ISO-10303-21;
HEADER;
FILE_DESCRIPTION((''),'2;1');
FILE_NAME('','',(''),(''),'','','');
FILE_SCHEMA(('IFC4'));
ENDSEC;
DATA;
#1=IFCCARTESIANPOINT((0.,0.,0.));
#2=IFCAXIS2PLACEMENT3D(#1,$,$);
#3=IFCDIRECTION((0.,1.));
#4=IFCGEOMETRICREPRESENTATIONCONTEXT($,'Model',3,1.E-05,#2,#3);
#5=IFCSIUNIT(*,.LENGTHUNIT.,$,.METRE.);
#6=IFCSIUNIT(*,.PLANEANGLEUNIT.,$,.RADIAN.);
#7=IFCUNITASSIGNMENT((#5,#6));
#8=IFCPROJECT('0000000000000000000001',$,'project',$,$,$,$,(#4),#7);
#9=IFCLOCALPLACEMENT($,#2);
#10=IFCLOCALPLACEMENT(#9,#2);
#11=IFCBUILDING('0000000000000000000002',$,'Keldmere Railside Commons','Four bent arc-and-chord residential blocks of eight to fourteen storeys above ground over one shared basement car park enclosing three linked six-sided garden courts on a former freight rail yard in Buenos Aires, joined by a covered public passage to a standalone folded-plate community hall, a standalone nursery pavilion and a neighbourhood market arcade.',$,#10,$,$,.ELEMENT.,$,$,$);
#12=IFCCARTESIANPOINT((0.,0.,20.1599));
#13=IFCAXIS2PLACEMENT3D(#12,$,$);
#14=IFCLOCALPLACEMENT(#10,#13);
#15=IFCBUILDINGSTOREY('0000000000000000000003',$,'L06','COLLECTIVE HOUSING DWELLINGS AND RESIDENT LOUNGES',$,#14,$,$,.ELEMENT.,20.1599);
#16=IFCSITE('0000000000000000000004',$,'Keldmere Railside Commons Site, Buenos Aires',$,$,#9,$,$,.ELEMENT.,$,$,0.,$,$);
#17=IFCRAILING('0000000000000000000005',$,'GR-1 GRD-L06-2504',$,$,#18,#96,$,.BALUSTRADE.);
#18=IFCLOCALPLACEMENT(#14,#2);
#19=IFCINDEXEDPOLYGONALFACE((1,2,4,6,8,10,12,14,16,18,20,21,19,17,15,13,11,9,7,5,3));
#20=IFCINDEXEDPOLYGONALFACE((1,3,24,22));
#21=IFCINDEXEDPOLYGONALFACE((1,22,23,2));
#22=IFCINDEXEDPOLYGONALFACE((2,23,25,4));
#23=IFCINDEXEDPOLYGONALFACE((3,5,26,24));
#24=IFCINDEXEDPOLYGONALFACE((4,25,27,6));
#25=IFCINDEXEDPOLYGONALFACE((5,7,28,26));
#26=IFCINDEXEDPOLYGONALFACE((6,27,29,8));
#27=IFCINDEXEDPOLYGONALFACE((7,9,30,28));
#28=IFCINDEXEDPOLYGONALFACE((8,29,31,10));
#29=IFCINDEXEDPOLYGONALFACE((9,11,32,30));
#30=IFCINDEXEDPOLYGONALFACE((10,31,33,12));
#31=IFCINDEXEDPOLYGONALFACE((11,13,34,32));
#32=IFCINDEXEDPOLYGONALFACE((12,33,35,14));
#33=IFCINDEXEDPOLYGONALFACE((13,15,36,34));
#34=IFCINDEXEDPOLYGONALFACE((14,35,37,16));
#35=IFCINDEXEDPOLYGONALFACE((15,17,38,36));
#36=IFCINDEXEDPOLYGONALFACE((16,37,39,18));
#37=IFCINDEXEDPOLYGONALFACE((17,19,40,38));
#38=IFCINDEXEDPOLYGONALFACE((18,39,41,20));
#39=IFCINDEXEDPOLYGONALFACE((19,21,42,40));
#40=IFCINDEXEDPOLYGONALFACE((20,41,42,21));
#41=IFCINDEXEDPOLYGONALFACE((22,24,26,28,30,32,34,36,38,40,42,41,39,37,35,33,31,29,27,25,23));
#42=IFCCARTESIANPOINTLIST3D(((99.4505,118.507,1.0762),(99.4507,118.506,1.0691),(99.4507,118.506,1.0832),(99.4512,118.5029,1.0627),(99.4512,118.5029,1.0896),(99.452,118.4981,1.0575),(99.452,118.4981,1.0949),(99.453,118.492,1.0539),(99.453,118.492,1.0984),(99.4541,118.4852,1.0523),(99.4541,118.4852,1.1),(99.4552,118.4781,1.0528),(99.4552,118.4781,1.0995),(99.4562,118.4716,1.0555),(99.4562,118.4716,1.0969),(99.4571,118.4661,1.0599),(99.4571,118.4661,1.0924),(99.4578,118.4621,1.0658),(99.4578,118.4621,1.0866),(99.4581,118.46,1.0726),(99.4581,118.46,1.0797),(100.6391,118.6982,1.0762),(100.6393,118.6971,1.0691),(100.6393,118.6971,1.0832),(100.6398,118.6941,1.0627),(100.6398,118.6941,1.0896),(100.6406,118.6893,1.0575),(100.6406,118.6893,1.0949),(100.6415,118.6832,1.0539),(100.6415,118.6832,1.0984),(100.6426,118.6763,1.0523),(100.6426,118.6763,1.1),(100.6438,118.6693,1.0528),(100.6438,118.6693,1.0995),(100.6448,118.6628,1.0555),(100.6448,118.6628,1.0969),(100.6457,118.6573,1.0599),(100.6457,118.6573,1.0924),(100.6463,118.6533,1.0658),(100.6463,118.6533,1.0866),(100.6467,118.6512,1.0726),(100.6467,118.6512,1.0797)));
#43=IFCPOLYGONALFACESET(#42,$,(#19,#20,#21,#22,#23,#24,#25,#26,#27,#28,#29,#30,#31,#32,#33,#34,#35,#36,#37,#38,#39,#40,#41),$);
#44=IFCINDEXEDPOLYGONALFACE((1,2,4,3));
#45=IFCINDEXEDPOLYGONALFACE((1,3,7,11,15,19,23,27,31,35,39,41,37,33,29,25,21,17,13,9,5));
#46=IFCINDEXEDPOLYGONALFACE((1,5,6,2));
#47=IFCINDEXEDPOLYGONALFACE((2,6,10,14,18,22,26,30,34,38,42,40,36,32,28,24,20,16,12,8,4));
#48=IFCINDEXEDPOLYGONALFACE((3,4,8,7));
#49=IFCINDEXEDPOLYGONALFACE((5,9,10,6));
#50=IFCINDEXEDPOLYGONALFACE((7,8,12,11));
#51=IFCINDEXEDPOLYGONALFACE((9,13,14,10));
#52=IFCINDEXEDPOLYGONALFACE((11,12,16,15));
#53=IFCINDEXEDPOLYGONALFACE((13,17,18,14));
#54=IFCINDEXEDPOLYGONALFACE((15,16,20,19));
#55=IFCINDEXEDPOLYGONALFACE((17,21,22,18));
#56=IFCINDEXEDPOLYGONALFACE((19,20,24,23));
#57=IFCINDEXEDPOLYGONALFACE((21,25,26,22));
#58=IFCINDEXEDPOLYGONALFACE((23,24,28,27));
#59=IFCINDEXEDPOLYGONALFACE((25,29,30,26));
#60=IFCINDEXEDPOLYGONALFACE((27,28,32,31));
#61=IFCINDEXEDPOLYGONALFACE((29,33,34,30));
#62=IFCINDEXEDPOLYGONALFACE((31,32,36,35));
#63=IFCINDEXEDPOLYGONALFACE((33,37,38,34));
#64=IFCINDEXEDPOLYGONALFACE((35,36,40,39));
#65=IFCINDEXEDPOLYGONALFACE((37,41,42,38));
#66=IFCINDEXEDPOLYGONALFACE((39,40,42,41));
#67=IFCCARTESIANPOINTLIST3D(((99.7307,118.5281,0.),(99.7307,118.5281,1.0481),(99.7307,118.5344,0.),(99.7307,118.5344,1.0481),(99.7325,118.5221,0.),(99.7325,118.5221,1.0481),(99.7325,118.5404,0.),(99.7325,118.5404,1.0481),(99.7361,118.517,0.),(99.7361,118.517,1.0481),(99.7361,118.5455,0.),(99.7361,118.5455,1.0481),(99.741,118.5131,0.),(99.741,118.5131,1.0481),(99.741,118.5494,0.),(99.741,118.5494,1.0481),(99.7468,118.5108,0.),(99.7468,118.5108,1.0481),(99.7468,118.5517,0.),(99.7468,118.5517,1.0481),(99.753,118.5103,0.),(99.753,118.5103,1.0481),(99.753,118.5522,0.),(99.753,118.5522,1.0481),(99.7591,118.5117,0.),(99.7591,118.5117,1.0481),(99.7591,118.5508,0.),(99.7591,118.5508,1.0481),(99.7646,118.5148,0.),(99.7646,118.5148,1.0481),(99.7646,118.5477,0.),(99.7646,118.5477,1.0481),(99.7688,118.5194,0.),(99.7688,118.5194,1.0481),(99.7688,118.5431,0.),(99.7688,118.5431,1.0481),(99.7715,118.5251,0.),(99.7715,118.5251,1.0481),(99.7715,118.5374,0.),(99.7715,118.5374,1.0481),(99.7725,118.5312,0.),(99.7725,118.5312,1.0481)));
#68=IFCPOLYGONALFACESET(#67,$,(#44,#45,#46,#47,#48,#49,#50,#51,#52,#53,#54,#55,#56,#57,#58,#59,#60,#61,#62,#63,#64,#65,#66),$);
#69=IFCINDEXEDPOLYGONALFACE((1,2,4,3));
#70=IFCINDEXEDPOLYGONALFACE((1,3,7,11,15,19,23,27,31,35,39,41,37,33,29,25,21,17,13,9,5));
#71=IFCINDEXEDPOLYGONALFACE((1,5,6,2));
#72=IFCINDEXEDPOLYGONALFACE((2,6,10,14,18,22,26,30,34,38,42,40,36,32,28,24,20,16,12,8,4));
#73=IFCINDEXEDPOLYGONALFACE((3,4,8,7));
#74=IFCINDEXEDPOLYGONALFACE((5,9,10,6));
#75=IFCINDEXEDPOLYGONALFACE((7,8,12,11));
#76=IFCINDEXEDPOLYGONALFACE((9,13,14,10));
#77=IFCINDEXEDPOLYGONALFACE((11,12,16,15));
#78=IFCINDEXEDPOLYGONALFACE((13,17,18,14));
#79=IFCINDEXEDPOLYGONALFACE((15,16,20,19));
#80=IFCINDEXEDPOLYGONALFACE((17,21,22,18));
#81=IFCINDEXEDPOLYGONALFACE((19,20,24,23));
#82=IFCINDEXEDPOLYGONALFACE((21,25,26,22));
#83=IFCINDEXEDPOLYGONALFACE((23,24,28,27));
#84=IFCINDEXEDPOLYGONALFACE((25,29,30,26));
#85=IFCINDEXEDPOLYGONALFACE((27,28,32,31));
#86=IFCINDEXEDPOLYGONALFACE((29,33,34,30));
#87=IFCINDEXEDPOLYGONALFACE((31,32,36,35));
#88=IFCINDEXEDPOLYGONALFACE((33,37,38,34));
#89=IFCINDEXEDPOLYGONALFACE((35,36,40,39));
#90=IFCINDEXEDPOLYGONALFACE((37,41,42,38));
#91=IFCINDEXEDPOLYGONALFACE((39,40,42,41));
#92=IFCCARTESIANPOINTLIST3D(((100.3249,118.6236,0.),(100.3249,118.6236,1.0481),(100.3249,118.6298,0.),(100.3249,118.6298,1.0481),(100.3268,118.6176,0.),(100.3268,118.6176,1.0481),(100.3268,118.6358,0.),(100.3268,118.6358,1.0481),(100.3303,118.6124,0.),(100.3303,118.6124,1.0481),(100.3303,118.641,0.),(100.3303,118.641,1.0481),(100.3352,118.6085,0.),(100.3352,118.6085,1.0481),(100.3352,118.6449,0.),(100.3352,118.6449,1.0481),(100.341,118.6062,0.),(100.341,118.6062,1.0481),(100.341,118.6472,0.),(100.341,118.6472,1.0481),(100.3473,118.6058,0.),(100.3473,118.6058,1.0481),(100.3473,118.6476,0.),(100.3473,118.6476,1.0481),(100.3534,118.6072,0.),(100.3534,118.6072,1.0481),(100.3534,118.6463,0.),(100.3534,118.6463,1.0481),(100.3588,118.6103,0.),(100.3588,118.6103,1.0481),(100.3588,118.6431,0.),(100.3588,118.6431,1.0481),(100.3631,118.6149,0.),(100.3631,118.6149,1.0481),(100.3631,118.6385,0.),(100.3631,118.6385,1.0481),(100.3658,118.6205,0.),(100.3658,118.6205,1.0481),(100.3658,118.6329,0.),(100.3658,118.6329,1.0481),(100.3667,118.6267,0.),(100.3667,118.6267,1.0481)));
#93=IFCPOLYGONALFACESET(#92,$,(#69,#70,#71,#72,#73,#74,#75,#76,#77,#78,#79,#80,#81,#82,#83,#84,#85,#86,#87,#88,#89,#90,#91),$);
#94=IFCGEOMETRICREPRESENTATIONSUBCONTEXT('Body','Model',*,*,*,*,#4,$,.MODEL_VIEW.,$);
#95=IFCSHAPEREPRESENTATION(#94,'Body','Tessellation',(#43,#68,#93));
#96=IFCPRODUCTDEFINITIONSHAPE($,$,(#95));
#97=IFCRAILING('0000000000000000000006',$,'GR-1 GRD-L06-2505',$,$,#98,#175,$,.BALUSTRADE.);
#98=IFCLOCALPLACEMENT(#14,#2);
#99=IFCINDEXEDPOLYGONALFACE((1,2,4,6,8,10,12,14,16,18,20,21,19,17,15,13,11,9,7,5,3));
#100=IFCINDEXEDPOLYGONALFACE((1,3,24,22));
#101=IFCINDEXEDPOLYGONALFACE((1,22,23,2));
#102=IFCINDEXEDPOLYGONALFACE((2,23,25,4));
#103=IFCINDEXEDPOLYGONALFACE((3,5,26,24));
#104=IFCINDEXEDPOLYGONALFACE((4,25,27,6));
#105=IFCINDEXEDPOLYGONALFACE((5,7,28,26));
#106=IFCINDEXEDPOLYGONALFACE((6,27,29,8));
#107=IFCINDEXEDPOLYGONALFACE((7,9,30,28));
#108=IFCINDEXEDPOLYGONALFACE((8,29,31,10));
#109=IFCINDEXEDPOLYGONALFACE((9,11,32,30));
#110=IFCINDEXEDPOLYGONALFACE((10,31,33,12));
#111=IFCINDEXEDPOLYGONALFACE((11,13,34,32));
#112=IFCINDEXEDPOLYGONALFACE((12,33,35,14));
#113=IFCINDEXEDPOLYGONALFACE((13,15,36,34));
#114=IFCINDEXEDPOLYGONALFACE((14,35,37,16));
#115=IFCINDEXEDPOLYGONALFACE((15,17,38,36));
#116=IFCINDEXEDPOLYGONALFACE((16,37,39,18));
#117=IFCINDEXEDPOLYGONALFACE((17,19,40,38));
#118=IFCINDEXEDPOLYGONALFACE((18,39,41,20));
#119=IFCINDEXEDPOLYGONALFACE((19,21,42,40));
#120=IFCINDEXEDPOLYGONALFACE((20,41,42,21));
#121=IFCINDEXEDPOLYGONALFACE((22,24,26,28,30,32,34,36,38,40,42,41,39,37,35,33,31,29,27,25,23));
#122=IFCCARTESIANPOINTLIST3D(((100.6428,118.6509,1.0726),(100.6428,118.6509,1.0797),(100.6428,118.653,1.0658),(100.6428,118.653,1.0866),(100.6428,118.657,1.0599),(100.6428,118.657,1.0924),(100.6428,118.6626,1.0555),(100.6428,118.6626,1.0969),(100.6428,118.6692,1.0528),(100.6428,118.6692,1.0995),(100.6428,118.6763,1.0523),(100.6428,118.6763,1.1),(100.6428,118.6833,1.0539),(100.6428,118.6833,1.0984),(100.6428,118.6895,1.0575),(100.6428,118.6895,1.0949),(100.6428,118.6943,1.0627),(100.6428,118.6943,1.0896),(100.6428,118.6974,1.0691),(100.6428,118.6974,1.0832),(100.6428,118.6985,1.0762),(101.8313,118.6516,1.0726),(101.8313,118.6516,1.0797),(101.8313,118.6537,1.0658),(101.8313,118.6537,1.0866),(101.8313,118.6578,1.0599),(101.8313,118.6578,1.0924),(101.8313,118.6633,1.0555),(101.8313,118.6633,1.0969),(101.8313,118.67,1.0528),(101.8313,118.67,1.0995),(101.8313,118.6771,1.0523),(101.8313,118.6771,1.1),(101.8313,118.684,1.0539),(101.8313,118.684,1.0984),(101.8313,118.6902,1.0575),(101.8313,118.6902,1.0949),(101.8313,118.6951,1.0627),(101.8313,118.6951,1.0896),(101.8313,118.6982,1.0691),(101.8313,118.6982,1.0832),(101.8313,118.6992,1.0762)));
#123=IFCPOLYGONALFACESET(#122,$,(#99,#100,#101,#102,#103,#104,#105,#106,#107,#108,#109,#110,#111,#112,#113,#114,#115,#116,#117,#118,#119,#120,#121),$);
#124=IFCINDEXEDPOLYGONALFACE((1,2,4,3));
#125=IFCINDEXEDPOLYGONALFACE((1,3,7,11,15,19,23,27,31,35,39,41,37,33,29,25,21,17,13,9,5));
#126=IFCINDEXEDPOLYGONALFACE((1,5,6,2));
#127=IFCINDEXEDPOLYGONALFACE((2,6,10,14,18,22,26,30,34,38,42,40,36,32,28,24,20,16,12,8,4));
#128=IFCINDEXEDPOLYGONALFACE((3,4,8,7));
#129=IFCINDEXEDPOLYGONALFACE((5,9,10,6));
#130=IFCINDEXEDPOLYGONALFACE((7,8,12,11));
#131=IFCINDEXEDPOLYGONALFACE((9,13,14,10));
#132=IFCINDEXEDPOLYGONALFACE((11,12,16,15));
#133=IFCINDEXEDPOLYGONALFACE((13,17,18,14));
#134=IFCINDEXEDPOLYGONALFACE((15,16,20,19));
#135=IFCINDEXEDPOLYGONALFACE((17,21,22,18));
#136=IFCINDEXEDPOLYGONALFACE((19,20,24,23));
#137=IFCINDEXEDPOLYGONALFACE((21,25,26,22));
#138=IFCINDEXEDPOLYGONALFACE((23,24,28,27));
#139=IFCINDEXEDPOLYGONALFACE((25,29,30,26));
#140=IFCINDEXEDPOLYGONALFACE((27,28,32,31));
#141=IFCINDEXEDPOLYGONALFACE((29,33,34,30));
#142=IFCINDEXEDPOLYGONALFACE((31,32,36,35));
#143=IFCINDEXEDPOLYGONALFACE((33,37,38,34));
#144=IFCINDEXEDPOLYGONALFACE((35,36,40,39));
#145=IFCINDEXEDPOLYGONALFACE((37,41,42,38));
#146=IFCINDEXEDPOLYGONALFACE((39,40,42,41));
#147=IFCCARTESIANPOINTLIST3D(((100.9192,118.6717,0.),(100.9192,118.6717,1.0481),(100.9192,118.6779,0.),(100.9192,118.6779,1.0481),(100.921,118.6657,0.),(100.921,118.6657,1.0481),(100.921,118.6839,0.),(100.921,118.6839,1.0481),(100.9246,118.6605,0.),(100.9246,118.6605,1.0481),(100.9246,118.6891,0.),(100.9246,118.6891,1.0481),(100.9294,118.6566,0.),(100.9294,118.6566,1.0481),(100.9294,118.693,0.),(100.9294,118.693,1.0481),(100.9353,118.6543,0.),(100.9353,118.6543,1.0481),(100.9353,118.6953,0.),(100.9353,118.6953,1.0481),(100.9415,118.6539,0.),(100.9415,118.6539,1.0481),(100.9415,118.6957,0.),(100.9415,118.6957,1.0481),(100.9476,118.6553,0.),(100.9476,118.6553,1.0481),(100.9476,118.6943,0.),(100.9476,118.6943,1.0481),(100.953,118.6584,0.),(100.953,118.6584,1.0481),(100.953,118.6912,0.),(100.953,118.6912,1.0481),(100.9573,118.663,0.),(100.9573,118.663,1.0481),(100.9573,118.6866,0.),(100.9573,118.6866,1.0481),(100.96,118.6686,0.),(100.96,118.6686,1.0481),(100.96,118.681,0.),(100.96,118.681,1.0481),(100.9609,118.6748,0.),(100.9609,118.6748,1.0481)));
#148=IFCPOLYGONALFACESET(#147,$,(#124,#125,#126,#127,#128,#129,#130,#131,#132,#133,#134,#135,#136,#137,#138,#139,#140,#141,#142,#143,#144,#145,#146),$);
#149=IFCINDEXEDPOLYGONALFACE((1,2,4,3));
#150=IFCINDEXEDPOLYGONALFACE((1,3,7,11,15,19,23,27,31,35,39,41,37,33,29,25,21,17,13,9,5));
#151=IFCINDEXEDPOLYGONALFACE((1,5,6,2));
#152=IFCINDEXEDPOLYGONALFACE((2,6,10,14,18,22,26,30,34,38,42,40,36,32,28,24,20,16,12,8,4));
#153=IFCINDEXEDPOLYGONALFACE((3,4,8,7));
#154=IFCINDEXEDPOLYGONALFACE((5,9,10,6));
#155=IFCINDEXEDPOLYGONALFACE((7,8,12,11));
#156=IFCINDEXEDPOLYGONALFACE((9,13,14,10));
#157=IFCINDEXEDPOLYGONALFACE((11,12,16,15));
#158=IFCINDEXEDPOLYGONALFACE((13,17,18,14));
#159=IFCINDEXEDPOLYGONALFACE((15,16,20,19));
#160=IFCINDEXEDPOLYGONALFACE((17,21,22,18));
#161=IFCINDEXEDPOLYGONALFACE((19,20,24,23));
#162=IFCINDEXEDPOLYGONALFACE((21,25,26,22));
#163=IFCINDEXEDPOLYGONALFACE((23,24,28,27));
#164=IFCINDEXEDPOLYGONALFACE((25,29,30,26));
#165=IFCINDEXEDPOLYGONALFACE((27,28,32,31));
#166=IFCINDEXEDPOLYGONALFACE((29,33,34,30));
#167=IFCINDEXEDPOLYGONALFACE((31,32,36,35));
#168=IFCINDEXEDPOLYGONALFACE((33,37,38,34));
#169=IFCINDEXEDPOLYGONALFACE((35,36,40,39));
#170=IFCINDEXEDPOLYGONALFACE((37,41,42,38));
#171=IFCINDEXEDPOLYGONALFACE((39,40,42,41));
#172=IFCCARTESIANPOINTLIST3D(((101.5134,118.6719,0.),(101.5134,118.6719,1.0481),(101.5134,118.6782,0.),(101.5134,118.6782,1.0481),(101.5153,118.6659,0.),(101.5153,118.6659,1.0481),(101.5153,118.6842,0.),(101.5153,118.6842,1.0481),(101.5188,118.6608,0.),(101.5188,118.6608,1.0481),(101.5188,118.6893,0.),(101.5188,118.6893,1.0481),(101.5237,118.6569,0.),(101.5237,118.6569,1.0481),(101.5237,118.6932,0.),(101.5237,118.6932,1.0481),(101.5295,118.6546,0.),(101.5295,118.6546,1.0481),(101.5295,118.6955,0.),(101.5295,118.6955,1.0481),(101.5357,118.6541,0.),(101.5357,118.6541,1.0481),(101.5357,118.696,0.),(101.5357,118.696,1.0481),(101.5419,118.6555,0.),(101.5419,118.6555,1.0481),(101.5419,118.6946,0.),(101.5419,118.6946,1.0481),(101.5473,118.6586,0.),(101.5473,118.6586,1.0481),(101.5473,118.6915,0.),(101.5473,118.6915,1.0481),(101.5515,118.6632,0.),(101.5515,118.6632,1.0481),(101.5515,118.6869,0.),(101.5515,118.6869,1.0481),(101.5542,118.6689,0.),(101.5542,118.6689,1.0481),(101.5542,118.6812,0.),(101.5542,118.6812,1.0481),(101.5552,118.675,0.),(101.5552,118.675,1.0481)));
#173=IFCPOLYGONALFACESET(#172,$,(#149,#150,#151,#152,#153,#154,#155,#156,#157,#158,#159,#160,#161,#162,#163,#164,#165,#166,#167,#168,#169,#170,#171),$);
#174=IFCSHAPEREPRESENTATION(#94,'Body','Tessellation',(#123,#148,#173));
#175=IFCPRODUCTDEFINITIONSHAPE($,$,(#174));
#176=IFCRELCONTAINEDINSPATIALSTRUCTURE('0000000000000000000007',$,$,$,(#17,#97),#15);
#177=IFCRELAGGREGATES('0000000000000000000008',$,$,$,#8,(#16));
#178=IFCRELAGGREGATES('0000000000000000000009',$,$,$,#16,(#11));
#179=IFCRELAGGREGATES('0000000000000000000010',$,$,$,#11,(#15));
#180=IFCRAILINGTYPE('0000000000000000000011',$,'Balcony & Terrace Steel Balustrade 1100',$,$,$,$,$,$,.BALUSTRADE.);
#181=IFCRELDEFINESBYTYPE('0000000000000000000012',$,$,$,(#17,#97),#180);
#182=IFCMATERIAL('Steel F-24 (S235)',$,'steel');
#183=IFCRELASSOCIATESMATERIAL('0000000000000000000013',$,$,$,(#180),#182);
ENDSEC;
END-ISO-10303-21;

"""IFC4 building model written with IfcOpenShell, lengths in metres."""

from ifc_helpers import new_model, si_unit, direction, frame, origin, origin_2d, place, context, subcontext, project, spatial, circle, extrude, material, type_object, element, save


model = new_model("IFC4")

# Units and contexts
model_context = context("Model", 3, precision=1e-05, world=origin(), true_north=direction((0.0, 1.0)))
body_context = subcontext(model_context, "Body", "Model", "MODEL_VIEW")
ifc_project = project(units=[si_unit("LENGTHUNIT", "METRE"), si_unit("PLANEANGLEUNIT", "RADIAN")], contexts=[model_context])

# Site, building, storey
site_placement = place(None, origin())
site = spatial("IfcSite", under=ifc_project, at=site_placement, Name="Keldmere Railside Commons Site, Buenos Aires", CompositionType="ELEMENT", RefElevation=0.0)
building_placement = place(site_placement, origin())
building = spatial("IfcBuilding", under=site, at=building_placement, Name="Keldmere Railside Commons", Description="Four bent arc-and-chord residential blocks of eight to fourteen storeys above ground over one shared basement car park enclosing three linked six-sided garden courts on a former freight rail yard in Buenos Aires, joined by a covered public passage to a standalone folded-plate community hall, a standalone nursery pavilion and a neighbourhood market arcade.", CompositionType="ELEMENT")
storey_placement = place(building_placement, frame((0.0, 0.0, 20.1599)))
storey = spatial("IfcBuildingStorey", under=building, at=storey_placement, Name="L06", Description="COLLECTIVE HOUSING DWELLINGS AND RESIDENT LOUNGES", CompositionType="ELEMENT", Elevation=20.1599)

# Railings
ifc_material_1 = material(Name="Steel F-24 (S235)", Category="steel")
railing_type = type_object("IfcRailingType", Name="Balcony & Terrace Steel Balustrade 1100", PredefinedType="BALUSTRADE", material=ifc_material_1)
railing_1_placement = place(storey_placement, frame((99.4543, 118.4834, 0.0)))
element("IfcRailing", 1, at=railing_1_placement, inside=storey, type_object=railing_type, Name="GR-1 GRD-L06-2504", PredefinedType="BALUSTRADE", context=body_context, shape_type="SweptSolid", body=[
    extrude(circle(Radius=0.0239, at=origin_2d()), frame((0.0, 0.0, 1.0762), z_axis=(0.98731, 0.158805, 0.0), x_axis=(-0.158805, 0.98731, 0.0)), (0.0, 0.0, 1.0), 1.2039),
    extrude(circle(Radius=0.021, at=origin_2d()), frame((0.2971, 0.0479, 0.0)), (0.0, 0.0, 1.0), 1.0481),
    extrude(circle(Radius=0.021, at=origin_2d()), frame((0.8914, 0.1433, 0.0)), (0.0, 0.0, 1.0), 1.0481),
])
railing_2_placement = place(storey_placement, frame((100.6428, 118.6746, 0.0)))
element("IfcRailing", 2, at=railing_2_placement, inside=storey, type_object=railing_type, Name="GR-1 GRD-L06-2505", PredefinedType="BALUSTRADE", context=body_context, shape_type="SweptSolid", body=[
    extrude(circle(Radius=0.0239, at=origin_2d()), frame((0.0, 0.0, 1.0762), z_axis=(1.0, 0.000616, 0.0), x_axis=(-0.000616, 1.0, 0.0)), (0.0, 0.0, 1.0), 1.1885),
    extrude(circle(Radius=0.021, at=origin_2d()), frame((0.2971, 0.0002, 0.0)), (0.0, 0.0, 1.0), 1.0481),
    extrude(circle(Radius=0.021, at=origin_2d()), frame((0.8914, 0.0005, 0.0)), (0.0, 0.0, 1.0), 1.0481),
])

save(model, "model.ifc")
